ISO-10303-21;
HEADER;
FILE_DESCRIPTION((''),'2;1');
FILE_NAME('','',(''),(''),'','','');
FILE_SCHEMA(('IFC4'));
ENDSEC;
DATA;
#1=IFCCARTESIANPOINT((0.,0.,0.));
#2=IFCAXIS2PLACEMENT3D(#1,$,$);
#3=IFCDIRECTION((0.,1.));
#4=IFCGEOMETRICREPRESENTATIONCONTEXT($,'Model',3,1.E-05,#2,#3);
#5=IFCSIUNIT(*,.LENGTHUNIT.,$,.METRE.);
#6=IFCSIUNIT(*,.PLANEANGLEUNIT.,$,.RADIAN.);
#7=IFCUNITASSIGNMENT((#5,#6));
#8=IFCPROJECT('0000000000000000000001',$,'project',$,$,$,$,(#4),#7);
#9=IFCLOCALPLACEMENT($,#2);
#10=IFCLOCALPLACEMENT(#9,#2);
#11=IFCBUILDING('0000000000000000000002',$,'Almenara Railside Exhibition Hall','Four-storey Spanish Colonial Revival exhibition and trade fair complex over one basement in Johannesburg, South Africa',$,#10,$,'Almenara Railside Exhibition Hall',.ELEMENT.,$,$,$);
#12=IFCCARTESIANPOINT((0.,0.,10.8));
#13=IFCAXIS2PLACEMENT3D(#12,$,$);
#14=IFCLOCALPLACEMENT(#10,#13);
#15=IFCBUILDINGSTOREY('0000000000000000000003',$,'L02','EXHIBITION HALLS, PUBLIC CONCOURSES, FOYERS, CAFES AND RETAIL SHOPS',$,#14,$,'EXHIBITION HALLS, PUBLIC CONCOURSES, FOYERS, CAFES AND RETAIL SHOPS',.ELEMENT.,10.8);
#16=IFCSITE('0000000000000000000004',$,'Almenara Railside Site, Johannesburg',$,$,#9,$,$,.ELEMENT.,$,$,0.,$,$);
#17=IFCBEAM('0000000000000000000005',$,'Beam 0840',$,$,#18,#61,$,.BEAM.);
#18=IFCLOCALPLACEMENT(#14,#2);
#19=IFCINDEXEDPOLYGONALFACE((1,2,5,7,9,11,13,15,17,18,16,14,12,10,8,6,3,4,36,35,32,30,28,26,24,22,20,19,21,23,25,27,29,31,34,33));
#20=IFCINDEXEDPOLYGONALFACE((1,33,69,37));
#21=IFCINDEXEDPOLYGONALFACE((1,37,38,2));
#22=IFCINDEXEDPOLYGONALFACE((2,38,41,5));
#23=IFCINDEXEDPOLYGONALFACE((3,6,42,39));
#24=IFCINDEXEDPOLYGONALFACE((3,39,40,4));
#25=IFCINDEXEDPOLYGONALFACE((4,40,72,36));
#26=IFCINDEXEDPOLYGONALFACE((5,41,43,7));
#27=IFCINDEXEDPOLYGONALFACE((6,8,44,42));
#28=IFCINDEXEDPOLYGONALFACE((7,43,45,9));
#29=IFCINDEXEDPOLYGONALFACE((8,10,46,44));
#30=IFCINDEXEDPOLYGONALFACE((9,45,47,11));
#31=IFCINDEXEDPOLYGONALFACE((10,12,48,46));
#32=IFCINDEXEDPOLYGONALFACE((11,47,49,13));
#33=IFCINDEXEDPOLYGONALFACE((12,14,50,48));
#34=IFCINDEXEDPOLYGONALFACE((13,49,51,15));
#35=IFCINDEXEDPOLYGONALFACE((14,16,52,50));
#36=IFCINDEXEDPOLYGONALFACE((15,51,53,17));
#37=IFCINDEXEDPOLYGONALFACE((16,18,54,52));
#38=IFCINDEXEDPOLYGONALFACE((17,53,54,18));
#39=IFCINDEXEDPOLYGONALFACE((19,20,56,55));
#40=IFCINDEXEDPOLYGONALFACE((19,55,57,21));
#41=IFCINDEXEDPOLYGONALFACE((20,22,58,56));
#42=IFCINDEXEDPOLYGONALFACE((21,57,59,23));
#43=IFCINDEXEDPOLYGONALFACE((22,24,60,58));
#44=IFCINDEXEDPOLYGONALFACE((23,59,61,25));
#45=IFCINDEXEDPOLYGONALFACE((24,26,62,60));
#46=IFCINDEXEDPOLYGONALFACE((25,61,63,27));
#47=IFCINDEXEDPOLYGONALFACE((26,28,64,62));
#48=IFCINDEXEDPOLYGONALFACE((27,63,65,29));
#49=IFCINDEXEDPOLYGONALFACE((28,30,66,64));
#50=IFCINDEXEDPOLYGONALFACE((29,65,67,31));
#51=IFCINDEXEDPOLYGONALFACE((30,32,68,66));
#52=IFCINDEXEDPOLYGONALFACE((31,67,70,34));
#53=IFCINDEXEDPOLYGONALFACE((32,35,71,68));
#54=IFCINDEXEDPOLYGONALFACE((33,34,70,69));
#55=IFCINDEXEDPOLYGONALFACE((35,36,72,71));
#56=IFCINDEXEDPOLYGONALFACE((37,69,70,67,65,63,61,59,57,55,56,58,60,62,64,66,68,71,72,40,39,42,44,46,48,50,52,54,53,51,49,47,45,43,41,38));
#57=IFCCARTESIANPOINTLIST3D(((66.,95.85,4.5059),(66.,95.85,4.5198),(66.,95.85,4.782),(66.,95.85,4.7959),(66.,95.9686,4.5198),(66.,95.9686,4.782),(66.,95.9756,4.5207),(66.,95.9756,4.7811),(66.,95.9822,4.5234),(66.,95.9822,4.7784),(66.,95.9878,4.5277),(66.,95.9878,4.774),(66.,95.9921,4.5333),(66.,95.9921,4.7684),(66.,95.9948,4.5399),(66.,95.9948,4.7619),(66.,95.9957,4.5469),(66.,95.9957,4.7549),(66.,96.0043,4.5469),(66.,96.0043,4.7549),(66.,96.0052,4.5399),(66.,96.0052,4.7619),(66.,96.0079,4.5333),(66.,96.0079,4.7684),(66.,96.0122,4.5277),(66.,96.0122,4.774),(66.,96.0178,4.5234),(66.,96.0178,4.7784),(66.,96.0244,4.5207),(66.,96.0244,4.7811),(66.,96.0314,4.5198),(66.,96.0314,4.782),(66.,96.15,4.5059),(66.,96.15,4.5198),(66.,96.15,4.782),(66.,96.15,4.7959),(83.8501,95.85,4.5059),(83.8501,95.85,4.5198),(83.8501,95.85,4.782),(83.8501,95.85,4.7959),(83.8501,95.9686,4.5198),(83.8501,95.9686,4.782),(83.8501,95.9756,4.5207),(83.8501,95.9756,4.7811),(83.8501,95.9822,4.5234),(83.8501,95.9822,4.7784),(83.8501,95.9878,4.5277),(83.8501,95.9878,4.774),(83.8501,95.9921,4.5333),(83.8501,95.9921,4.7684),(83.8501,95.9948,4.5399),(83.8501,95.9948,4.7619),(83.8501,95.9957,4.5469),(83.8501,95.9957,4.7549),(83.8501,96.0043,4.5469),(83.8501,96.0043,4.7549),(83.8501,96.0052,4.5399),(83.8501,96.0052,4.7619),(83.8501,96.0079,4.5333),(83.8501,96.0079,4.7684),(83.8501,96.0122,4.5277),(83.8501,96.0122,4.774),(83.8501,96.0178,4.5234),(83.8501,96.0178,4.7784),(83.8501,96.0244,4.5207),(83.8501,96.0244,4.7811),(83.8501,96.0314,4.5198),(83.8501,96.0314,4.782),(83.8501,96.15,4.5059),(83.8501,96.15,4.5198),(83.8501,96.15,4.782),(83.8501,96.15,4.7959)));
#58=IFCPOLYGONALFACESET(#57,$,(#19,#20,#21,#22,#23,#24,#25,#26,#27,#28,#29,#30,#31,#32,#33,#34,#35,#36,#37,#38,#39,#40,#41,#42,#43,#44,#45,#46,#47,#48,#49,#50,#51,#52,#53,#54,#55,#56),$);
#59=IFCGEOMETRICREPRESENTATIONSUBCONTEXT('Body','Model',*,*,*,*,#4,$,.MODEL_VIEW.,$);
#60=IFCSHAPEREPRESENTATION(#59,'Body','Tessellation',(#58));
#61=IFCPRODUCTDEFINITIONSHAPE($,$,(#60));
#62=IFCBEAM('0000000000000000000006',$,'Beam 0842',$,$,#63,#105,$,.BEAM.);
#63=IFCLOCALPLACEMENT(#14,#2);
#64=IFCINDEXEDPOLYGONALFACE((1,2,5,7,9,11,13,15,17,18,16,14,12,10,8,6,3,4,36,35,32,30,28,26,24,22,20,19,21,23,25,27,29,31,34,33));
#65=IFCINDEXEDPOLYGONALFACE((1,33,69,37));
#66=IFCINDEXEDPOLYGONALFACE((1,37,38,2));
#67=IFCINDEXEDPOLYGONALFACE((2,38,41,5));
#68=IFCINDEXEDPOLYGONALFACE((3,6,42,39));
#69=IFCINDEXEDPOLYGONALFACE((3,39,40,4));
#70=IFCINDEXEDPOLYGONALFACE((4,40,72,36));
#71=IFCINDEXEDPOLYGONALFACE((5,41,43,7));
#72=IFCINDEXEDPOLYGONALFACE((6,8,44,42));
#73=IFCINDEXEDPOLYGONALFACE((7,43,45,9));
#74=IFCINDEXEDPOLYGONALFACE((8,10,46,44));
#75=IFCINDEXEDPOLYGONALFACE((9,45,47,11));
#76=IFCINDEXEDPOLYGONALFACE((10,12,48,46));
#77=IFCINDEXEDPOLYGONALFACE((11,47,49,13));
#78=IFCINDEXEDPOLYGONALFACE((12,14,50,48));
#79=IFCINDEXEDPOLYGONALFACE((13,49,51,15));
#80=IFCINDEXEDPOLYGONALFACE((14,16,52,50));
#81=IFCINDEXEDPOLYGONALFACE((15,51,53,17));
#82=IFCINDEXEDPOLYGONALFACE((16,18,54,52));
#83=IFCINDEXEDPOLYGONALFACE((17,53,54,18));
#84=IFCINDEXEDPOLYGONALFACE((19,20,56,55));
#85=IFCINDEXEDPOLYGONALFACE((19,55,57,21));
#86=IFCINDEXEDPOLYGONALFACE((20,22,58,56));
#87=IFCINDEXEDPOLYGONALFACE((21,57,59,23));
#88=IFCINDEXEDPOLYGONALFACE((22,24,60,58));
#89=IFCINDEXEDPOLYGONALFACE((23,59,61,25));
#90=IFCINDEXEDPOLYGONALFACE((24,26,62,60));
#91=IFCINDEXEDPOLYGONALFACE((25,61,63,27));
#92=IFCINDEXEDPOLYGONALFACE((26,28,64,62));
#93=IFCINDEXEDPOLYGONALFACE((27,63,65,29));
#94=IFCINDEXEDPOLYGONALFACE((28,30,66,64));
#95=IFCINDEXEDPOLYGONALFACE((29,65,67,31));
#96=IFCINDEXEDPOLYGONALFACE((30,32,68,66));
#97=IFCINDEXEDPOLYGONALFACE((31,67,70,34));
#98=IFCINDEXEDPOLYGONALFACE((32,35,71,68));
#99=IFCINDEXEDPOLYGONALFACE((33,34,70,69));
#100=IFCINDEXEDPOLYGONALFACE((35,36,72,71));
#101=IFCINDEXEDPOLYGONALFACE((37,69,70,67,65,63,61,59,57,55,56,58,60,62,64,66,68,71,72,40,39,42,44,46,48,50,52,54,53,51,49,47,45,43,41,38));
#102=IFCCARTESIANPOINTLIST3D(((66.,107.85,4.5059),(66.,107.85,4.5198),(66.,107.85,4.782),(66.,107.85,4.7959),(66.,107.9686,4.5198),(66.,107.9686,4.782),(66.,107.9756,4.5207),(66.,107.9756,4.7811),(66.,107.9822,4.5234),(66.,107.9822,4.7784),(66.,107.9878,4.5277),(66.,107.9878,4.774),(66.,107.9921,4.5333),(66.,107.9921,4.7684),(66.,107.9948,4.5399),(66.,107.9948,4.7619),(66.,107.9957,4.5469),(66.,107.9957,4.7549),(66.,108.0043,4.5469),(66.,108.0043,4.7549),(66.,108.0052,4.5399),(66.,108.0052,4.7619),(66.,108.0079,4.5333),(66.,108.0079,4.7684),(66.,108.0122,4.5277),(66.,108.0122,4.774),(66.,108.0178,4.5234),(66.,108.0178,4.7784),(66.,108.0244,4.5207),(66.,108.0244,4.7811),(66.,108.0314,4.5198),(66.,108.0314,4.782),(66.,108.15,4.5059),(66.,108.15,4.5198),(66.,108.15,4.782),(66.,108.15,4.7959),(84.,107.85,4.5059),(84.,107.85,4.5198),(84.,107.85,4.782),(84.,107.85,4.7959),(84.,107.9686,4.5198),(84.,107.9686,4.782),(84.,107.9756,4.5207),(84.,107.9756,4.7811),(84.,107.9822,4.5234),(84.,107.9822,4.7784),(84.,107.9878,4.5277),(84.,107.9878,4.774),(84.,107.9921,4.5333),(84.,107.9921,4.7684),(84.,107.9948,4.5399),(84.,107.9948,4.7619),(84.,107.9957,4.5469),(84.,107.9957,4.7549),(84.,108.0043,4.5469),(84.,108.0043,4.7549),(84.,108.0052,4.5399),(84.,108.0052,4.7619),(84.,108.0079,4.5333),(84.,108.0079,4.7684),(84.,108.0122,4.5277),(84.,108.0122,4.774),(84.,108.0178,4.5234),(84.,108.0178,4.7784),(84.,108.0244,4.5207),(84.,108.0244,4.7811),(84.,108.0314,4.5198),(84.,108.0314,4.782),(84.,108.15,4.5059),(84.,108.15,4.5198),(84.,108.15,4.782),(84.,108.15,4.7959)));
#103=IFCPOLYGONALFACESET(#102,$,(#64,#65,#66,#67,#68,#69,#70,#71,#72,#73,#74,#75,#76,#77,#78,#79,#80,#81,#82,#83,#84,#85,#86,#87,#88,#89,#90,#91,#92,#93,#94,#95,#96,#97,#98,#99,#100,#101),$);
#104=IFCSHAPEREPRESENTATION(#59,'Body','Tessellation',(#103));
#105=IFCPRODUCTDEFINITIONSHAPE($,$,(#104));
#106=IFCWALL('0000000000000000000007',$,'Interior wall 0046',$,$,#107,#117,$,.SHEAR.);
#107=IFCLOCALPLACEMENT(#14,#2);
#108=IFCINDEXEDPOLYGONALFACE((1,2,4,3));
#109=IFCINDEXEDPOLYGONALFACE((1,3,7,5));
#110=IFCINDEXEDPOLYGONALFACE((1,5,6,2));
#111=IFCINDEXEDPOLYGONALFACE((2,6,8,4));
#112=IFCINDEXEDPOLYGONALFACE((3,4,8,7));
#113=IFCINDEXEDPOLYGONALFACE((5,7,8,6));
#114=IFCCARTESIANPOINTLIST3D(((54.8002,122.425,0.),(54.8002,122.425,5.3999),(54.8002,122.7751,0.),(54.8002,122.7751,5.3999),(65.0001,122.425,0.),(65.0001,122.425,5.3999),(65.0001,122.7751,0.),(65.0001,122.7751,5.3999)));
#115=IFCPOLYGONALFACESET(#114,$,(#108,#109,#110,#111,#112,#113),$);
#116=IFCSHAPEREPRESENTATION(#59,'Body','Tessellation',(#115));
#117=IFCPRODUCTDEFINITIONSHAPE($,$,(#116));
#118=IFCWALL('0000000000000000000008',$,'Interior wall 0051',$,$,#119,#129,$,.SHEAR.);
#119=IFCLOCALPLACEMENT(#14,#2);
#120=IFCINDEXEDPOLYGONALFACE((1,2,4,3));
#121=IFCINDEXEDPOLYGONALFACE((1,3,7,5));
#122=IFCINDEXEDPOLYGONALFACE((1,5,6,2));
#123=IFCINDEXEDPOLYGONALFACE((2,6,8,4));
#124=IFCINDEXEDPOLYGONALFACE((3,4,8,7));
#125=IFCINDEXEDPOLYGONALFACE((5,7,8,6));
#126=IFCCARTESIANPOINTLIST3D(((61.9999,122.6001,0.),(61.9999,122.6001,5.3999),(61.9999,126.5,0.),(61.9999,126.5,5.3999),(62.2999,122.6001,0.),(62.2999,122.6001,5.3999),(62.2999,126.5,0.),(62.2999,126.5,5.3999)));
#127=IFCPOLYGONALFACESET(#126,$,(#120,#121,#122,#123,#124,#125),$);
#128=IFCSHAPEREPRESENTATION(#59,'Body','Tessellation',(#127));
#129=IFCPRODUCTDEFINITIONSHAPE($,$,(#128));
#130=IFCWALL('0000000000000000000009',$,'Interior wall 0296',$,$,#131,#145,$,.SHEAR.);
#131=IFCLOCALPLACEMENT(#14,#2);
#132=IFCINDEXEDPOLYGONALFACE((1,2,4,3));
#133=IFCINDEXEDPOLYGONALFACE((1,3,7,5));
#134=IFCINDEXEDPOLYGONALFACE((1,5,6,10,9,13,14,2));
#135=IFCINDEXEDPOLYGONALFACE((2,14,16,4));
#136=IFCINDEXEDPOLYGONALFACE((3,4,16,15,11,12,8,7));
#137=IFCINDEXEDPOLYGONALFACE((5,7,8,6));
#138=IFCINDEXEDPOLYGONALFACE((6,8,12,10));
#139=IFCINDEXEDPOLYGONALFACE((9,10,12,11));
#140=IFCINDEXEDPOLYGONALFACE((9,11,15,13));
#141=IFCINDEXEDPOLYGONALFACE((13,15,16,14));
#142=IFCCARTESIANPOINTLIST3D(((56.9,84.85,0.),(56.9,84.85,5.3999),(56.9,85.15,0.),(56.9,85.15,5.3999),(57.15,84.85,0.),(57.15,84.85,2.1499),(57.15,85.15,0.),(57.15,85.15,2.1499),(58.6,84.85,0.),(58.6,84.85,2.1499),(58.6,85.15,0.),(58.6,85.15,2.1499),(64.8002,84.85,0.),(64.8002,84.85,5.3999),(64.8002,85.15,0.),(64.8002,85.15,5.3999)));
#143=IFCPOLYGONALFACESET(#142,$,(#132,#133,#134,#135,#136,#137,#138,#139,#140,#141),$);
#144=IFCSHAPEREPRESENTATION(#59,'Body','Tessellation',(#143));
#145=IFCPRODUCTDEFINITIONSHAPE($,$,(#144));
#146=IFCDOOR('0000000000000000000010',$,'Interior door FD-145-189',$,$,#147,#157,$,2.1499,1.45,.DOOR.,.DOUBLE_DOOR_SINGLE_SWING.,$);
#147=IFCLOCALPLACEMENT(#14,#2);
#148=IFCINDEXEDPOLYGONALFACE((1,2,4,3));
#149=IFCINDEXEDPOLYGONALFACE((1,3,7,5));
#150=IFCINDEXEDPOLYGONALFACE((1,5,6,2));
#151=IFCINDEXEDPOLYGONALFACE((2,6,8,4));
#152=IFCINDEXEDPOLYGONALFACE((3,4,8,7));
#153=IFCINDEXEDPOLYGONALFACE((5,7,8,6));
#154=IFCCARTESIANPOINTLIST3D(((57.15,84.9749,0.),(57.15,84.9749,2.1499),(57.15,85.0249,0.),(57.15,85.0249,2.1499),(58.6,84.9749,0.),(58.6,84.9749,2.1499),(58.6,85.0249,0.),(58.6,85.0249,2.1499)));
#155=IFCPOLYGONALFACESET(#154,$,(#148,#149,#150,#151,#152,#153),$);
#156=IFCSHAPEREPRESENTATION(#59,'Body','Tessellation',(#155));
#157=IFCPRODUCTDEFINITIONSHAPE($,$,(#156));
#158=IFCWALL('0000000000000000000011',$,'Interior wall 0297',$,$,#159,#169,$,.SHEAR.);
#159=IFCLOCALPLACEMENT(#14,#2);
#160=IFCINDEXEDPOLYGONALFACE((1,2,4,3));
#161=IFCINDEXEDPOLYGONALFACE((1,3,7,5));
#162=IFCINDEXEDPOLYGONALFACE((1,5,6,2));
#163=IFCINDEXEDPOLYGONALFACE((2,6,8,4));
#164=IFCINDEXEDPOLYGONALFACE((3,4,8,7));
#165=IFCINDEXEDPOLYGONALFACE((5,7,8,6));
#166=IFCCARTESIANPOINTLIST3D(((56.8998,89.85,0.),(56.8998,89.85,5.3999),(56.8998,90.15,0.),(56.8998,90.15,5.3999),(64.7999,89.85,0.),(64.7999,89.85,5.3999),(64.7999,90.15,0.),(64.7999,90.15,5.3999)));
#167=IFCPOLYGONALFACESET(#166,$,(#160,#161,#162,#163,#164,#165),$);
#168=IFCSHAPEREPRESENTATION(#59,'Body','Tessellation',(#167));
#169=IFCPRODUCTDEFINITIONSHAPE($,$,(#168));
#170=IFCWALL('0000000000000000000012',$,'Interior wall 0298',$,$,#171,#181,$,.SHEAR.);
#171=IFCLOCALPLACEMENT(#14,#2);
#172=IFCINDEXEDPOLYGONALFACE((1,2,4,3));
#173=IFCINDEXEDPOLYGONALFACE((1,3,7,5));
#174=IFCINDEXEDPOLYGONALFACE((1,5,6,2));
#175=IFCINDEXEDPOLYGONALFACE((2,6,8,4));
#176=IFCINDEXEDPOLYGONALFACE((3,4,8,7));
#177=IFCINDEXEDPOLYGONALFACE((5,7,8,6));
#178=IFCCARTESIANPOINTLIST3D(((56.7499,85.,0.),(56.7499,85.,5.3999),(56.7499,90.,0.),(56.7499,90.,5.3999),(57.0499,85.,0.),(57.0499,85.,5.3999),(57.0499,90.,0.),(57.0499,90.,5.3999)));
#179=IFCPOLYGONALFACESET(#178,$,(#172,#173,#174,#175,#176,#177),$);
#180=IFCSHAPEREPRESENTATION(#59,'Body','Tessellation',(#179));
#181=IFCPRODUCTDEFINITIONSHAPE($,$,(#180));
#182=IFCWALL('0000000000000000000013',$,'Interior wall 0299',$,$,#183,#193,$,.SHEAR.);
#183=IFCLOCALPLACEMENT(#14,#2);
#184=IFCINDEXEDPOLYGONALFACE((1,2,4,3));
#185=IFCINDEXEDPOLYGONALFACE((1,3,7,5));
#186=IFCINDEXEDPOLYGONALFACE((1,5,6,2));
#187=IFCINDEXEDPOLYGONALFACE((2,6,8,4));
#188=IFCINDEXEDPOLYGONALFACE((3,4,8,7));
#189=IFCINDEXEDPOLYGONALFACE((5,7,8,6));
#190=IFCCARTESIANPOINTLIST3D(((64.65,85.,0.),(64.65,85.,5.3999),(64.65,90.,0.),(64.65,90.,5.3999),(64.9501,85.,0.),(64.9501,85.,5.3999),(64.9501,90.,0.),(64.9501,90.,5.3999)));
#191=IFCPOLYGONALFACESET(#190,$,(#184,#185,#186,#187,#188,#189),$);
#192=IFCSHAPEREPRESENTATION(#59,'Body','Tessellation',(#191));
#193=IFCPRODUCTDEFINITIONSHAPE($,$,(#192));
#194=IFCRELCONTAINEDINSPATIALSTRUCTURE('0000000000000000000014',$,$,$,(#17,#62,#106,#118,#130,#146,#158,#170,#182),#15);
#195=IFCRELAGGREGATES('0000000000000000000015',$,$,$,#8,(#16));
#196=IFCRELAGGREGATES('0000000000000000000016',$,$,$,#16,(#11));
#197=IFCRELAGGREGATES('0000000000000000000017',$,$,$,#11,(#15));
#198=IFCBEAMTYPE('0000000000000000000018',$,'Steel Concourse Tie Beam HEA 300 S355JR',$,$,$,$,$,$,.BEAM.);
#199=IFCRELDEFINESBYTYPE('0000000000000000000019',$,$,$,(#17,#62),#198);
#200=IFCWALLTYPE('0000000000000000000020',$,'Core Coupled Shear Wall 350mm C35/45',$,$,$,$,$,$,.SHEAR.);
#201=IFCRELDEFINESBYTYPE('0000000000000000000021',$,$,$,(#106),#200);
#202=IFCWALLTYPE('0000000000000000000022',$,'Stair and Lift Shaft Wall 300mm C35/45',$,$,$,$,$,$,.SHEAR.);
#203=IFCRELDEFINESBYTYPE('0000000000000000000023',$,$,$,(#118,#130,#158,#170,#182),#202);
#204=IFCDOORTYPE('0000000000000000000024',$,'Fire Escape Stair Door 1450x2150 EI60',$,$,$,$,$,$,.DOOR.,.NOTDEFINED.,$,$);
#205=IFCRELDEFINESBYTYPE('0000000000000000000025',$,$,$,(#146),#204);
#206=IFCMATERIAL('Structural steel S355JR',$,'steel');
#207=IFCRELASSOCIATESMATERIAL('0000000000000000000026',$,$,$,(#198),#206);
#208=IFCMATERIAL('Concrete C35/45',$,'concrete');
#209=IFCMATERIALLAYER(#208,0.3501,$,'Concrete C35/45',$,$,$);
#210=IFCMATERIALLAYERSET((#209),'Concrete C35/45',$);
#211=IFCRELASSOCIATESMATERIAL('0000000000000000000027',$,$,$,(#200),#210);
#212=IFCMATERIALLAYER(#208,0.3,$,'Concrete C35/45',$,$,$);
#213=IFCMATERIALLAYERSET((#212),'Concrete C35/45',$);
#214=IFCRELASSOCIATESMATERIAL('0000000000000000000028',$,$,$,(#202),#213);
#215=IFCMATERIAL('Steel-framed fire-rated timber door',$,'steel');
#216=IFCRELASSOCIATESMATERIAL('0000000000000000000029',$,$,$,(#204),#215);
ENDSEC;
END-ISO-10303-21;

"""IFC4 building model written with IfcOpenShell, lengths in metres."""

from ifc_helpers import new_model, si_unit, direction, frame, frame_2d, origin, origin_2d, place, context, subcontext, project, spatial, rectangle, i_section, extrude, material, layer, layer_set, material_profile, profile_set, type_object, element, fill, save


model = new_model("IFC4")

# Units and contexts
model_context = context("Model", 3, precision=1e-05, world=origin(), true_north=direction((0.0, 1.0)))
body_context = subcontext(model_context, "Body", "Model", "MODEL_VIEW")
ifc_project = project(units=[si_unit("LENGTHUNIT", "METRE"), si_unit("PLANEANGLEUNIT", "RADIAN")], contexts=[model_context])

# Site, building, storey
site_placement = place(None, origin())
site = spatial("IfcSite", under=ifc_project, at=site_placement, Name="Almenara Railside Site, Johannesburg", CompositionType="ELEMENT", RefElevation=0.0)
building_placement = place(site_placement, origin())
building = spatial("IfcBuilding", under=site, at=building_placement, Name="Almenara Railside Exhibition Hall", Description="Four-storey Spanish Colonial Revival exhibition and trade fair complex over one basement in Johannesburg, South Africa", LongName="Almenara Railside Exhibition Hall", CompositionType="ELEMENT")
storey_placement = place(building_placement, frame((0.0, 0.0, 10.8)))
storey = spatial("IfcBuildingStorey", under=building, at=storey_placement, Name="L02", Description="EXHIBITION HALLS, PUBLIC CONCOURSES, FOYERS, CAFES AND RETAIL SHOPS", LongName="EXHIBITION HALLS, PUBLIC CONCOURSES, FOYERS, CAFES AND RETAIL SHOPS", CompositionType="ELEMENT", Elevation=10.8)

# Shared definitions
ifc_material_1 = material(Name="Structural steel S355JR", Category="steel")

# Beams
ifc_material_profile_1 = material_profile(ifc_material_1, i_section(OverallWidth=0.3, OverallDepth=0.29, WebThickness=0.0085, FlangeThickness=0.0139, FilletRadius=0.0271, at=origin_2d()), Name="HEA 300")
ifc_profile_set_1 = profile_set([ifc_material_profile_1], Name="Structural steel S355JR")
beam_type_1 = type_object("IfcBeamType", Name="Steel Concourse Tie Beam HEA 300 S355JR", PredefinedType="BEAM", material=ifc_profile_set_1)
beam_1_placement = place(storey_placement, frame((66.0, 96.0, 4.6509), z_axis=(1.0, 0.0, 0.0), x_axis=(0.0, 1.0, 0.0)))
element("IfcBeam", 1, at=beam_1_placement, inside=storey, type_object=beam_type_1, Name="Beam 0840", PredefinedType="BEAM", context=body_context, shape_type="SweptSolid", body=[
    extrude(i_section(OverallWidth=0.3, OverallDepth=0.29, WebThickness=0.0085, FlangeThickness=0.0139, FilletRadius=0.0271, at=origin_2d()), origin(), (0.0, 0.0, 1.0), 17.8501),
])
beam_2_placement = place(storey_placement, frame((66.0, 108.0, 4.6509), z_axis=(1.0, 0.0, 0.0), x_axis=(0.0, 1.0, 0.0)))
element("IfcBeam", 2, at=beam_2_placement, inside=storey, type_object=beam_type_1, Name="Beam 0842", PredefinedType="BEAM", context=body_context, shape_type="SweptSolid", body=[
    extrude(i_section(OverallWidth=0.3, OverallDepth=0.29, WebThickness=0.0085, FlangeThickness=0.0139, FilletRadius=0.0271, at=origin_2d()), origin(), (0.0, 0.0, 1.0), 18.0),
])

# Walls
ifc_material_2 = material(Name="Concrete C35/45", Category="concrete")
ifc_layer_1 = layer(ifc_material_2, 0.3501, Name="Concrete C35/45")
ifc_layer_set_1 = layer_set([ifc_layer_1], Name="Concrete C35/45")
wall_type_1 = type_object("IfcWallType", Name="Core Coupled Shear Wall 350mm C35/45", PredefinedType="SHEAR", material=ifc_layer_set_1)
wall_1_placement = place(storey_placement, frame((54.8, 122.6001, 0.0), z_axis=(0.0, 0.0, 1.0), x_axis=(1.0, 0.0, 0.0)))
element("IfcWall", 3, at=wall_1_placement, inside=storey, type_object=wall_type_1, Name="Interior wall 0046", PredefinedType="SHEAR", context=body_context, shape_type="SweptSolid", body=[
    extrude(rectangle(XDim=10.2, YDim=0.3501, at=frame_2d((5.1001, 0.0))), origin(), (0.0, 0.0, 1.0), 5.3999),
])
ifc_layer_2 = layer(ifc_material_2, 0.3, Name="Concrete C35/45")
ifc_layer_set_2 = layer_set([ifc_layer_2], Name="Concrete C35/45")
wall_type_2 = type_object("IfcWallType", Name="Stair and Lift Shaft Wall 300mm C35/45", PredefinedType="SHEAR", material=ifc_layer_set_2)
wall_2_placement = place(storey_placement, frame((62.1499, 122.6001, 0.0), z_axis=(0.0, 0.0, 1.0), x_axis=(0.0, 1.0, 0.0)))
element("IfcWall", 4, at=wall_2_placement, inside=storey, type_object=wall_type_2, Name="Interior wall 0051", PredefinedType="SHEAR", context=body_context, shape_type="SweptSolid", body=[
    extrude(rectangle(XDim=3.8999, YDim=0.3, at=frame_2d((1.95, 0.0))), origin(), (0.0, 0.0, 1.0), 5.3999),
])

# Wall, opening, door
wall_3_placement = place(storey_placement, frame((56.8999, 85.0, 0.0), z_axis=(0.0, 0.0, 1.0), x_axis=(1.0, 0.0, 0.0)))
wall_3 = element("IfcWall", 5, at=wall_3_placement, inside=storey, type_object=wall_type_2, Name="Interior wall 0296", PredefinedType="SHEAR", context=body_context, shape_type="SweptSolid", body=[
    extrude(rectangle(XDim=7.9001, YDim=0.3, at=frame_2d((3.9502, 0.0))), origin(), (0.0, 0.0, 1.0), 5.3999),
])
opening_placement = place(wall_3_placement, frame((0.25, 0.0, 0.0)))
opening = element("IfcOpeningElement", 6, at=opening_placement, cuts=wall_3, PredefinedType="OPENING", context=body_context, shape_type="SweptSolid", body=[
    extrude(rectangle(XDim=1.45, YDim=2.1499, at=frame_2d((0.7251, 1.075))), frame((0.0, 0.1599, 0.0), z_axis=(0.0, -1.0, 0.0), x_axis=(1.0, 0.0, 0.0)), (0.0, 0.0, 1.0), 0.3201),
])
ifc_material_3 = material(Name="Steel-framed fire-rated timber door", Category="steel")
door_type = type_object("IfcDoorType", Name="Fire Escape Stair Door 1450x2150 EI60", OperationType="NOTDEFINED", PredefinedType="DOOR", material=ifc_material_3)
door_placement = place(opening_placement, origin())
door = element("IfcDoor", 7, at=door_placement, inside=storey, type_object=door_type, Name="Interior door FD-145-189", OperationType="DOUBLE_DOOR_SINGLE_SWING", OverallHeight=2.1499, OverallWidth=1.45, PredefinedType="DOOR", context=body_context, shape_type="SweptSolid", body=[
    extrude(rectangle(XDim=1.45, YDim=2.1499, at=frame_2d((0.7251, 1.075))), frame((0.0, 0.0249, 0.0), z_axis=(0.0, -1.0, 0.0), x_axis=(1.0, 0.0, 0.0)), (0.0, 0.0, 1.0), 0.05),
])
fill(opening, door)

# Walls
wall_4_placement = place(storey_placement, frame((64.8, 90.0, 0.0), z_axis=(0.0, 0.0, 1.0), x_axis=(-1.0, 0.0, 0.0)))
element("IfcWall", 8, at=wall_4_placement, inside=storey, type_object=wall_type_2, Name="Interior wall 0297", PredefinedType="SHEAR", context=body_context, shape_type="SweptSolid", body=[
    extrude(rectangle(XDim=7.9001, YDim=0.3, at=frame_2d((3.9502, 0.0))), origin(), (0.0, 0.0, 1.0), 5.3999),
])
for number, where, z_axis, x_axis, name in (
    (9, (56.8999, 90.0, 0.0), (0.0, 0.0, 1.0), (0.0, -1.0, 0.0), "Interior wall 0298"),
    (10, (64.8, 85.0, 0.0), (0.0, 0.0, 1.0), (0.0, 1.0, 0.0), "Interior wall 0299"),
):
    element("IfcWall", number, at=place(storey_placement, frame(where, z_axis=z_axis, x_axis=x_axis)), inside=storey, type_object=wall_type_2, Name=name, PredefinedType="SHEAR", context=body_context, shape_type="SweptSolid", body=[
        extrude(rectangle(XDim=5.0, YDim=0.3, at=frame_2d((2.5, 0.0))), origin(), (0.0, 0.0, 1.0), 5.3999),
    ])

save(model, "model.ifc")
